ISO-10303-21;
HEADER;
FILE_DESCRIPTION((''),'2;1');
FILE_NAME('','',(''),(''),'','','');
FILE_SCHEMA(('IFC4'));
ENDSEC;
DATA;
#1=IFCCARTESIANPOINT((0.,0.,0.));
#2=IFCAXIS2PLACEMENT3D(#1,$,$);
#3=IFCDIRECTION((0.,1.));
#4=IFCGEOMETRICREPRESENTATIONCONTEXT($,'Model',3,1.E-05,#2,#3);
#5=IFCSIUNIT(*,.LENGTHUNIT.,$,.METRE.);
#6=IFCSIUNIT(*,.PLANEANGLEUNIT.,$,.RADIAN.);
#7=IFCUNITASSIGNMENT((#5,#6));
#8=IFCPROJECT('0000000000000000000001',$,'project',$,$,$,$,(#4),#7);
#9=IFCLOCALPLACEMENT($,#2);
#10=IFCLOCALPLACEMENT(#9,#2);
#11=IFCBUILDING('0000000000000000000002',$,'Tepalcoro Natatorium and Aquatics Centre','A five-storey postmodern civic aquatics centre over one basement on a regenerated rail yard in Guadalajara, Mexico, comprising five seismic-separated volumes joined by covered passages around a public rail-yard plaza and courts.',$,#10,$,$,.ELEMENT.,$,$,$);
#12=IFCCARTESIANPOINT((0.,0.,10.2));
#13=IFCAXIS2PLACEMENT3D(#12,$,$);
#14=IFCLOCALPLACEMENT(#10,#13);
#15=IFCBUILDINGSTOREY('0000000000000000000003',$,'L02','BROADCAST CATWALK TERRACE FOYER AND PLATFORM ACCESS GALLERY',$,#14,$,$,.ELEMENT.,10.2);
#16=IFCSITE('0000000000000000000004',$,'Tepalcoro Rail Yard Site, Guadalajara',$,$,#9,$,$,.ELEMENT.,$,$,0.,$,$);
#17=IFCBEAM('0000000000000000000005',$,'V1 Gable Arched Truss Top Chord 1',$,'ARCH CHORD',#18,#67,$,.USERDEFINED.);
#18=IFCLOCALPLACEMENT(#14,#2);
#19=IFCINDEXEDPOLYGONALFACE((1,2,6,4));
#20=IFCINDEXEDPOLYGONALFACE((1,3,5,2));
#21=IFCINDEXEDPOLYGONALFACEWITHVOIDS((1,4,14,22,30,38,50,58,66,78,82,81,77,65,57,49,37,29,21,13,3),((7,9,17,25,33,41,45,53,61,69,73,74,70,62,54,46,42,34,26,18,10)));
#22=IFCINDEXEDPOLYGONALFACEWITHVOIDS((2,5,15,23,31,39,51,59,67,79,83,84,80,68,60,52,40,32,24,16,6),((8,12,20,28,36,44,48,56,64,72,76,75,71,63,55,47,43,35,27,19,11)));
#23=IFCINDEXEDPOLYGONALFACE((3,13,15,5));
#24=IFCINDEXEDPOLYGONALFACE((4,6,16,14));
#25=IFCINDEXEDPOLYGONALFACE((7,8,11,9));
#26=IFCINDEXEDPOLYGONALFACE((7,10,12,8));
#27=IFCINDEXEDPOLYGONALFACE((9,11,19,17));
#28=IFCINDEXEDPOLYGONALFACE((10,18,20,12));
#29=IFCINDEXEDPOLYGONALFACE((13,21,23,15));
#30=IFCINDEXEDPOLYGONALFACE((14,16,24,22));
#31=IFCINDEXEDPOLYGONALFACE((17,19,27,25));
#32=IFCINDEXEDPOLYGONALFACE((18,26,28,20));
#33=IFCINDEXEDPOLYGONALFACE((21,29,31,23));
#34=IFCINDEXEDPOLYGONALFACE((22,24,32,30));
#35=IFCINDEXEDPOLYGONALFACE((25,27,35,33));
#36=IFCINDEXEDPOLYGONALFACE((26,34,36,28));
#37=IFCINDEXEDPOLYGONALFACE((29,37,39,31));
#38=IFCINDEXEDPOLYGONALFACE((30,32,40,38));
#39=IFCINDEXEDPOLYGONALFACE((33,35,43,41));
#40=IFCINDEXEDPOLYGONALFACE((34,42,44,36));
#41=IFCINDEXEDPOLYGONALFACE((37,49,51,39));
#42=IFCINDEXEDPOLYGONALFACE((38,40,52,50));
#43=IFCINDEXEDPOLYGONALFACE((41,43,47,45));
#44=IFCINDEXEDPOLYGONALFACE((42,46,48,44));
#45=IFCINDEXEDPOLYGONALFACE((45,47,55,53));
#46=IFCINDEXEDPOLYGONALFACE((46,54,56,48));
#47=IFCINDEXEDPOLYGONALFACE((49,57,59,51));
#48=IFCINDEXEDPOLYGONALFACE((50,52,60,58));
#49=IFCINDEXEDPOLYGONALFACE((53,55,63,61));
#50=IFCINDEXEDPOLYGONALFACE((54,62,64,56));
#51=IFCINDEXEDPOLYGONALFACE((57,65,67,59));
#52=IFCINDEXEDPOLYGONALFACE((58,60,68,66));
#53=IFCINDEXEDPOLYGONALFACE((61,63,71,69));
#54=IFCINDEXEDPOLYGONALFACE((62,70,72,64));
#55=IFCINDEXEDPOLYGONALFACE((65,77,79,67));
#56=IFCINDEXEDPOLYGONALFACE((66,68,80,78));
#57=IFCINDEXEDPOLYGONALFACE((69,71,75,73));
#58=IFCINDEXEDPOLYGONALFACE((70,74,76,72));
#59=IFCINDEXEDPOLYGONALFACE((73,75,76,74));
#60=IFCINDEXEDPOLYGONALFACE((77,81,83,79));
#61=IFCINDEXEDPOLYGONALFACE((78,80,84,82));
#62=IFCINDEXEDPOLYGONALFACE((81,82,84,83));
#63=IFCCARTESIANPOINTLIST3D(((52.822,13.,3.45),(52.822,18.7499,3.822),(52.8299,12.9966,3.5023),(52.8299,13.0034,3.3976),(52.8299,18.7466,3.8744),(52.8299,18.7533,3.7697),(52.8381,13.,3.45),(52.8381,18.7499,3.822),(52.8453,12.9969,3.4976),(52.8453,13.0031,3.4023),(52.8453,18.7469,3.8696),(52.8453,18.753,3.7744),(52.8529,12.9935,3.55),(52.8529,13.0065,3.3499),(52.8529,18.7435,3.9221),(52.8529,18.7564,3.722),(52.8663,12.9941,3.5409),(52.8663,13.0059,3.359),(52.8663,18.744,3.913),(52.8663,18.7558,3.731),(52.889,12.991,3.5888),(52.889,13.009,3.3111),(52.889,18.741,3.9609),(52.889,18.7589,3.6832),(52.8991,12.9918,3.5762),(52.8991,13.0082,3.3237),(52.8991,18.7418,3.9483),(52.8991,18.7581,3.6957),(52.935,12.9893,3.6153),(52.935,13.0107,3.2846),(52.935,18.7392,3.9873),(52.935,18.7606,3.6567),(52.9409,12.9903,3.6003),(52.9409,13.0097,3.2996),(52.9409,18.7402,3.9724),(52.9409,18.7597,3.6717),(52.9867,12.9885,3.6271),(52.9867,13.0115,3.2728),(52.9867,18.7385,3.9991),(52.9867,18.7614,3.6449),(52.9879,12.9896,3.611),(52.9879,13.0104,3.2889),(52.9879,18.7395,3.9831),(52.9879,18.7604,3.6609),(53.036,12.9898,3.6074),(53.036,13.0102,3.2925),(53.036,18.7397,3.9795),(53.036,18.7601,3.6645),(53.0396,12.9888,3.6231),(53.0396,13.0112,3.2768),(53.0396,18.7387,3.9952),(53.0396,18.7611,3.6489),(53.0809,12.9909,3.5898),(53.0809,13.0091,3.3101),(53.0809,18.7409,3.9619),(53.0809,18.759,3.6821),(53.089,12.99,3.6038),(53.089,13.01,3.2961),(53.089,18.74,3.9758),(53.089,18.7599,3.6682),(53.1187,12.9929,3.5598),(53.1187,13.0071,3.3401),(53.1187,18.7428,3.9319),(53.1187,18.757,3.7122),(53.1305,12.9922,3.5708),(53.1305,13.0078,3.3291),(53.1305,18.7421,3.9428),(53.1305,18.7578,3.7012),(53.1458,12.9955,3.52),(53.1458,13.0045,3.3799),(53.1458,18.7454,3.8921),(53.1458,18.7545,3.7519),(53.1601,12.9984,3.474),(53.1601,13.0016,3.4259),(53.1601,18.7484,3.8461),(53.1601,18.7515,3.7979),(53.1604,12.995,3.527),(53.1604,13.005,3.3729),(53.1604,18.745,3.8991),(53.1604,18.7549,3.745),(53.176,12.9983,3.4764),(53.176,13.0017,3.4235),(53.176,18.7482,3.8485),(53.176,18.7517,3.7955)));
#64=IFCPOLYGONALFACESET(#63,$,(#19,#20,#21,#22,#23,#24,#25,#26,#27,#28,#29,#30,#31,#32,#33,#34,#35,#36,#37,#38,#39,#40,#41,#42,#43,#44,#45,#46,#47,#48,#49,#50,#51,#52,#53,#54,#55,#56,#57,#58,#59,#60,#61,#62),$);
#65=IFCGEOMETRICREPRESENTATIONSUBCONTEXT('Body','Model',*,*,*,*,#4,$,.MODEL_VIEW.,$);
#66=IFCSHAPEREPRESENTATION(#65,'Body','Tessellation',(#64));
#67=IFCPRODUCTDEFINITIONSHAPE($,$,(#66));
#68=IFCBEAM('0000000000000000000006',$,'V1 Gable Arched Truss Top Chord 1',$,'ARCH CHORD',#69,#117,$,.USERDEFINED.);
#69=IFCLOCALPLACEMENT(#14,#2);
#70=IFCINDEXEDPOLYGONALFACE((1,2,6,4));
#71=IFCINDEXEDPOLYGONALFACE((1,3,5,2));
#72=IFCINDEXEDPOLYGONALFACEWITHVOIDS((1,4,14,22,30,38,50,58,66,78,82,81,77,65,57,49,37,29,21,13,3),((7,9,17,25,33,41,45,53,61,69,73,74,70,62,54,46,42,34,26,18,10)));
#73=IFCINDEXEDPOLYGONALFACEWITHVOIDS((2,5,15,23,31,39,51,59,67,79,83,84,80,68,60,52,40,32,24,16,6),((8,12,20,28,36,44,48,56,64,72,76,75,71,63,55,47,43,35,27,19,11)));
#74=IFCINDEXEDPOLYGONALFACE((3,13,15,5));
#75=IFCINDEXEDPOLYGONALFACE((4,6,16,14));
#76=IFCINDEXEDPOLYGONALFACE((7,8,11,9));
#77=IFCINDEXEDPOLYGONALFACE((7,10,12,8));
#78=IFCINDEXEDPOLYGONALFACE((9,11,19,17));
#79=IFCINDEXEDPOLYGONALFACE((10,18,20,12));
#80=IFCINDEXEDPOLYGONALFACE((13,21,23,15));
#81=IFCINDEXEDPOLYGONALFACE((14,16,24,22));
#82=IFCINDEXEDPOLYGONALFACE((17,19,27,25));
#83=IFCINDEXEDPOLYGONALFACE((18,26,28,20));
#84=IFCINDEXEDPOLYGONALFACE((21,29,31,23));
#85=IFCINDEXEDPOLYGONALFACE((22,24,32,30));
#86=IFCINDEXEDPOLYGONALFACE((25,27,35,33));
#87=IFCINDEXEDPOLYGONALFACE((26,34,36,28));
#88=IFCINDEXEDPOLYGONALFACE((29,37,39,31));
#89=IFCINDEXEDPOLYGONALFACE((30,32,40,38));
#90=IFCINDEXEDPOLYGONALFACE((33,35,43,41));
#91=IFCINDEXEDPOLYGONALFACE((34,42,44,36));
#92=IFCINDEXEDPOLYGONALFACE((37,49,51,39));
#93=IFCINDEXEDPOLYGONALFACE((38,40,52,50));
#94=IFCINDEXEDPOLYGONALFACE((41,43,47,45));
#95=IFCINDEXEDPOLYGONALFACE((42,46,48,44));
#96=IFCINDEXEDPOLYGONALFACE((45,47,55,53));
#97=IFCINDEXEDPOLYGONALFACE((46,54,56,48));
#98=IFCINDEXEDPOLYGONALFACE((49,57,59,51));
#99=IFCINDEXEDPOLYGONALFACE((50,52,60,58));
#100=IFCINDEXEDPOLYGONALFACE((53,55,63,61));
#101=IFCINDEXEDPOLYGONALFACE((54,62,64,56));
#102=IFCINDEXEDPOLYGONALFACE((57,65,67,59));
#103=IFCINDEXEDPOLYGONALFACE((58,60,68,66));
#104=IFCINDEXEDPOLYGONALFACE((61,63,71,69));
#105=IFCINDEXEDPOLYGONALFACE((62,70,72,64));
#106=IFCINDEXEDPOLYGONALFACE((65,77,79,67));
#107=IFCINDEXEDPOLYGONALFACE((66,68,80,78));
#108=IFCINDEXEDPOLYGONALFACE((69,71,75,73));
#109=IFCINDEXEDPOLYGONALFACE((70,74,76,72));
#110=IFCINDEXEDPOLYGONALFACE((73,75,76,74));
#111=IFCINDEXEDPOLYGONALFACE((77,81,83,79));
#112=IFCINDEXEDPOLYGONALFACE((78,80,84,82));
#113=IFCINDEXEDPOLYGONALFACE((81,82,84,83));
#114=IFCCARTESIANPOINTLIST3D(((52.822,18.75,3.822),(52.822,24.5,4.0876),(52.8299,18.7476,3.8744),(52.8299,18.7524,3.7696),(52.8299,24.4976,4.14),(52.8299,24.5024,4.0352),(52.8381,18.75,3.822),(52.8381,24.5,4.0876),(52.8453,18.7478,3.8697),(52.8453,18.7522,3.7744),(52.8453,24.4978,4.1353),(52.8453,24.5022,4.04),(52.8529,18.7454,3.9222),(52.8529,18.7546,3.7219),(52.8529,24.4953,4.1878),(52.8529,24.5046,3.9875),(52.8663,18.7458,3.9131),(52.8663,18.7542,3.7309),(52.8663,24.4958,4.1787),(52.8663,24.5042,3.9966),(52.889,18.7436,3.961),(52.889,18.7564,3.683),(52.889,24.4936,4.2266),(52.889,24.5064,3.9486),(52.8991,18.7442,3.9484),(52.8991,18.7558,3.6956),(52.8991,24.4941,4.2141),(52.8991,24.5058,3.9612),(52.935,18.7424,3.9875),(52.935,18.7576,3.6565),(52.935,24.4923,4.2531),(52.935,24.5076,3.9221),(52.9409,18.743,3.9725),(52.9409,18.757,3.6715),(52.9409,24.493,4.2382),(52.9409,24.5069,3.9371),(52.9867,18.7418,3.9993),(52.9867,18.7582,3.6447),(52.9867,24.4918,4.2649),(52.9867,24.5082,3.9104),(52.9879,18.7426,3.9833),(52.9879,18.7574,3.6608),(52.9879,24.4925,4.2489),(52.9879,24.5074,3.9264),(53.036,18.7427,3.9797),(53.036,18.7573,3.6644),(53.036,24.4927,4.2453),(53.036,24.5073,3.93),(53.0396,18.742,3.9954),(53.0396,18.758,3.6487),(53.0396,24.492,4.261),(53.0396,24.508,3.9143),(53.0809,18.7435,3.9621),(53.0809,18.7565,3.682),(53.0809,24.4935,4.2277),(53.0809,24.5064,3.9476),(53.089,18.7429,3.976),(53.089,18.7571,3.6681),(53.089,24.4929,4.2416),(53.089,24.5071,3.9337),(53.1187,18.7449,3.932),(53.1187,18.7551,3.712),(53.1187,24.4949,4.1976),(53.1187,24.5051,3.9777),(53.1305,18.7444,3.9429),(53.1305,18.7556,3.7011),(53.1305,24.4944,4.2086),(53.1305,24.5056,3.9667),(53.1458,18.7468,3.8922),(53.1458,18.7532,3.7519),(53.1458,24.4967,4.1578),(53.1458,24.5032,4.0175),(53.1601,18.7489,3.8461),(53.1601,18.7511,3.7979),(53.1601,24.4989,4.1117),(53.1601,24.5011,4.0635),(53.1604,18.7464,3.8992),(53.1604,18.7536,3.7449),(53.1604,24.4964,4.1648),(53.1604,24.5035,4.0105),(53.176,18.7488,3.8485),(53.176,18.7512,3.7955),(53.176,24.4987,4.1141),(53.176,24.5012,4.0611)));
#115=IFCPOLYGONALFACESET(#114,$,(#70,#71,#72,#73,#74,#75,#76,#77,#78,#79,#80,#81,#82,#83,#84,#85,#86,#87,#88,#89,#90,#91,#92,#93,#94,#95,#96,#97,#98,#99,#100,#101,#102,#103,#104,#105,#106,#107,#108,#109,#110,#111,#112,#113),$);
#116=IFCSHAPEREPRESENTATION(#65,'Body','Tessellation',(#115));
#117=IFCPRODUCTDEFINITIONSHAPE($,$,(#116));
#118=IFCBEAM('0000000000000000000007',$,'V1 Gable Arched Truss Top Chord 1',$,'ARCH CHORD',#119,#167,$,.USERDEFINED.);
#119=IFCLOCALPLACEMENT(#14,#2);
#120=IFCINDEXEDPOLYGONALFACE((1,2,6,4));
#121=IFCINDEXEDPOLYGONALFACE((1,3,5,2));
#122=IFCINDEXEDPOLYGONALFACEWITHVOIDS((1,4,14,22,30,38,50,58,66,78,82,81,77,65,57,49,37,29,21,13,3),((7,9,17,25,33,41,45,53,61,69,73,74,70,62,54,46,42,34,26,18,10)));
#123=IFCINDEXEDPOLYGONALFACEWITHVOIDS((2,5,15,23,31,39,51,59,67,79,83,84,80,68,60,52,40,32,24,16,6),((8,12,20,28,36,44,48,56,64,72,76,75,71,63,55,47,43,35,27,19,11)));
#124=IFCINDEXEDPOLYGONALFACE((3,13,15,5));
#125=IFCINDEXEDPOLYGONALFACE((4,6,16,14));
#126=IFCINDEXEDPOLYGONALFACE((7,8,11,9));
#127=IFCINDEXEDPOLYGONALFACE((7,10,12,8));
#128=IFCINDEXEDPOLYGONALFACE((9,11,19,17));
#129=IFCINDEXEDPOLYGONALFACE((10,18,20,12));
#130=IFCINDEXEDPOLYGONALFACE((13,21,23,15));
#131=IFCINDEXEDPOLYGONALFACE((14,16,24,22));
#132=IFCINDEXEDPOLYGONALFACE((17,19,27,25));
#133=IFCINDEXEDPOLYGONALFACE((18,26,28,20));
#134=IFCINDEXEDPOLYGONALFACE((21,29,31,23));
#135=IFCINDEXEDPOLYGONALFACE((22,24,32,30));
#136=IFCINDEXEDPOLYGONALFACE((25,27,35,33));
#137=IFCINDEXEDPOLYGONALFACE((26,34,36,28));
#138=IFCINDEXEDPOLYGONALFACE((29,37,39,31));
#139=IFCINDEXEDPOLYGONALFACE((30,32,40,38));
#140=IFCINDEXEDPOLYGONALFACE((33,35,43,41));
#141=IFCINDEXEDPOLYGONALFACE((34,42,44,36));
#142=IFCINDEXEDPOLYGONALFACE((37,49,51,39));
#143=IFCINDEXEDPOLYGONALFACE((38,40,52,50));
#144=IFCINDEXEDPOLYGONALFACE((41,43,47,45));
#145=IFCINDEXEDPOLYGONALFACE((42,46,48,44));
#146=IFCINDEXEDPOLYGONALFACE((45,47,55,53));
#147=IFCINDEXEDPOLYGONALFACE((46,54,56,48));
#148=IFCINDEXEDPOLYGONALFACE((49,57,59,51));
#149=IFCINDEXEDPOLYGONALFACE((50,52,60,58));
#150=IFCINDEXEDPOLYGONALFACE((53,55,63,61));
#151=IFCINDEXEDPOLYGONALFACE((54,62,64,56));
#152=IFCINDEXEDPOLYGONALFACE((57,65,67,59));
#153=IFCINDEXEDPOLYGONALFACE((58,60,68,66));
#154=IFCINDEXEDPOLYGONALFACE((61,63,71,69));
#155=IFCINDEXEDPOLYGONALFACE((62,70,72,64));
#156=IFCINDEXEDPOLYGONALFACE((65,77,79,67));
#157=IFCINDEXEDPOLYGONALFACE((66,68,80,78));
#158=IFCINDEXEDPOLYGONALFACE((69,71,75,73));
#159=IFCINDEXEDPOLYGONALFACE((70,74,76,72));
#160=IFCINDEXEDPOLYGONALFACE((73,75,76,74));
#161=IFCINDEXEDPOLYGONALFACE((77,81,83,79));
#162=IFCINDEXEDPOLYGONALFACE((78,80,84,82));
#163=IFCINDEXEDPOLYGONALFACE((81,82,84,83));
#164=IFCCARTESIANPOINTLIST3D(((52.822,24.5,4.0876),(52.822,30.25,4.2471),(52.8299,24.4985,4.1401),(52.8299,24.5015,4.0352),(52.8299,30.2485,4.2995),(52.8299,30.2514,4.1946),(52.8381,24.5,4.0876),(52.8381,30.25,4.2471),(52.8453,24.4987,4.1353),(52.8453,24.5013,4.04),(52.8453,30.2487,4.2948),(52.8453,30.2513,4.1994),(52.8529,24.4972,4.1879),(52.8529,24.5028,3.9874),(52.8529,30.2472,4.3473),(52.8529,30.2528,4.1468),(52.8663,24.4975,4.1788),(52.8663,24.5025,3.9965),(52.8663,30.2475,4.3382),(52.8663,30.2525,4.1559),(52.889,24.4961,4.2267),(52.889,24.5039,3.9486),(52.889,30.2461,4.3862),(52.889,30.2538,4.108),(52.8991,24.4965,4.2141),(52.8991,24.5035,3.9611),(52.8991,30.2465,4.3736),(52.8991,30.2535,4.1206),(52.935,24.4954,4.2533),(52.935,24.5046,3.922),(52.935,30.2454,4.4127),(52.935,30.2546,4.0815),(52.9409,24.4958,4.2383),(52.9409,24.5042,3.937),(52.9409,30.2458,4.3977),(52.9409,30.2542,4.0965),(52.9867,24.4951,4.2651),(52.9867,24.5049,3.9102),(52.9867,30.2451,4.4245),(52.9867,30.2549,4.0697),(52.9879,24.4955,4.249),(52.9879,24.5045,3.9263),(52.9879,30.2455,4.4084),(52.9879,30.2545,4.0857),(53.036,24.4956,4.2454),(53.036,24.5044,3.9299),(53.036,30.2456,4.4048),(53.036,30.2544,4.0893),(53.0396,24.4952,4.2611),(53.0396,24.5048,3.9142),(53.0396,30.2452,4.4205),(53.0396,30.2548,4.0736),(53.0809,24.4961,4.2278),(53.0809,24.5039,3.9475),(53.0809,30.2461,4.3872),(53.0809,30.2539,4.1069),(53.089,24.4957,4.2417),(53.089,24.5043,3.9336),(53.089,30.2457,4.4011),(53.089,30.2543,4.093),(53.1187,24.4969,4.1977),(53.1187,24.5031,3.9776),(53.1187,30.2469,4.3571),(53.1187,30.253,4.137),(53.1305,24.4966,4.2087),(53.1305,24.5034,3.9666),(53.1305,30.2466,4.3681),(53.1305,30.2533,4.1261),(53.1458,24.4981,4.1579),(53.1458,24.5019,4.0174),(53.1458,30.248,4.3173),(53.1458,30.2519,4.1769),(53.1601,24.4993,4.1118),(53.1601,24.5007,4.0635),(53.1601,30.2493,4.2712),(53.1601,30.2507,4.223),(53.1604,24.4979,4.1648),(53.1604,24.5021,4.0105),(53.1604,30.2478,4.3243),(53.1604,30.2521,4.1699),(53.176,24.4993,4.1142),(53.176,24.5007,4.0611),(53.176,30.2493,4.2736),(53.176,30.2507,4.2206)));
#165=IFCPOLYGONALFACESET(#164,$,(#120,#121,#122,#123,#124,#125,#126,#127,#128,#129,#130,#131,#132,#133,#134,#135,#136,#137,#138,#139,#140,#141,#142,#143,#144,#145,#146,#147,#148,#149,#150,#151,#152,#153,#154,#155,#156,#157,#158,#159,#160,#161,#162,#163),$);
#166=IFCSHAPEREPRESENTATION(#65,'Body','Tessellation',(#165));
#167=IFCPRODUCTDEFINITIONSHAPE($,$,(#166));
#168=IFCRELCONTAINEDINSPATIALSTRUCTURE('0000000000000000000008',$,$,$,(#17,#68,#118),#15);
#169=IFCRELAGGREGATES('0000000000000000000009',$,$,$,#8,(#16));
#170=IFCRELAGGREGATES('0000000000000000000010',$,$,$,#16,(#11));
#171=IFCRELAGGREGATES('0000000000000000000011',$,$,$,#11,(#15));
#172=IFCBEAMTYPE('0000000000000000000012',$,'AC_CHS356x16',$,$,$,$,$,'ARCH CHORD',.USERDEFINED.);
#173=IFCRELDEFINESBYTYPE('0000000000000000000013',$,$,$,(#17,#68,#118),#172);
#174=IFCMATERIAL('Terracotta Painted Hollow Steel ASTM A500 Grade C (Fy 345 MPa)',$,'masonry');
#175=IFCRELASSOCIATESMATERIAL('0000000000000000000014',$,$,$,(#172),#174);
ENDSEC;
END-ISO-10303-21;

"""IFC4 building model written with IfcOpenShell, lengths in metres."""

from ifc_helpers import new_model, si_unit, direction, frame, origin, origin_2d, place, context, subcontext, project, spatial, hollow_circle, extrude, material, material_profile, profile_set, type_object, element, save


model = new_model("IFC4")

# Units and contexts
model_context = context("Model", 3, precision=1e-05, world=origin(), true_north=direction((0.0, 1.0)))
body_context = subcontext(model_context, "Body", "Model", "MODEL_VIEW")
ifc_project = project(units=[si_unit("LENGTHUNIT", "METRE"), si_unit("PLANEANGLEUNIT", "RADIAN")], contexts=[model_context])

# Site, building, storey
site_placement = place(None, origin())
site = spatial("IfcSite", under=ifc_project, at=site_placement, Name="Tepalcoro Rail Yard Site, Guadalajara", CompositionType="ELEMENT", RefElevation=0.0)
building_placement = place(site_placement, origin())
building = spatial("IfcBuilding", under=site, at=building_placement, Name="Tepalcoro Natatorium and Aquatics Centre", Description="A five-storey postmodern civic aquatics centre over one basement on a regenerated rail yard in Guadalajara, Mexico, comprising five seismic-separated volumes joined by covered passages around a public rail-yard plaza and courts.", CompositionType="ELEMENT")
storey_placement = place(building_placement, frame((0.0, 0.0, 10.2)))
storey = spatial("IfcBuildingStorey", under=building, at=storey_placement, Name="L02", Description="BROADCAST CATWALK TERRACE FOYER AND PLATFORM ACCESS GALLERY", CompositionType="ELEMENT", Elevation=10.2)

# Beams
ifc_material_1 = material(Name="Terracotta Painted Hollow Steel ASTM A500 Grade C (Fy 345 MPa)", Category="masonry")
ifc_material_profile_1 = material_profile(ifc_material_1, hollow_circle(Radius=0.178, WallThickness=0.0161, at=origin_2d()), Name="CHS356X16")
ifc_profile_set_1 = profile_set([ifc_material_profile_1], Name="Terracotta Painted Hollow Steel ASTM A500 Grade C (Fy 345 MPa)")
beam_type_1 = type_object("IfcBeamType", Name="AC_CHS356x16", ElementType="ARCH CHORD", PredefinedType="USERDEFINED", material=ifc_profile_set_1)
beam_1_placement = place(storey_placement, frame((53.0, 13.0, 3.45), z_axis=(0.0, 0.997913, 0.064573), x_axis=(-1.0, 0.0, 0.0)))
element("IfcBeam", 1, at=beam_1_placement, inside=storey, type_object=beam_type_1, Name="V1 Gable Arched Truss Top Chord 1", ObjectType="ARCH CHORD", PredefinedType="USERDEFINED", context=body_context, shape_type="SweptSolid", body=[
    extrude(hollow_circle(Radius=0.178, WallThickness=0.0161, at=origin_2d()), origin(), (0.0, 0.0, 1.0), 5.762),
])
beam_2_placement = place(storey_placement, frame((53.0, 18.75, 3.822), z_axis=(0.0, 0.998935, 0.046146), x_axis=(-1.0, 0.0, 0.0)))
element("IfcBeam", 2, at=beam_2_placement, inside=storey, type_object=beam_type_1, Name="V1 Gable Arched Truss Top Chord 1", ObjectType="ARCH CHORD", PredefinedType="USERDEFINED", context=body_context, shape_type="SweptSolid", body=[
    extrude(hollow_circle(Radius=0.178, WallThickness=0.0161, at=origin_2d()), origin(), (0.0, 0.0, 1.0), 5.7561),
])
beam_3_placement = place(storey_placement, frame((53.0, 24.5, 4.0876), z_axis=(0.0, 0.999616, 0.027715), x_axis=(-1.0, 0.0, 0.0)))
element("IfcBeam", 3, at=beam_3_placement, inside=storey, type_object=beam_type_1, Name="V1 Gable Arched Truss Top Chord 1", ObjectType="ARCH CHORD", PredefinedType="USERDEFINED", context=body_context, shape_type="SweptSolid", body=[
    extrude(hollow_circle(Radius=0.178, WallThickness=0.0161, at=origin_2d()), origin(), (0.0, 0.0, 1.0), 5.7522),
])

save(model, "model.ifc")
